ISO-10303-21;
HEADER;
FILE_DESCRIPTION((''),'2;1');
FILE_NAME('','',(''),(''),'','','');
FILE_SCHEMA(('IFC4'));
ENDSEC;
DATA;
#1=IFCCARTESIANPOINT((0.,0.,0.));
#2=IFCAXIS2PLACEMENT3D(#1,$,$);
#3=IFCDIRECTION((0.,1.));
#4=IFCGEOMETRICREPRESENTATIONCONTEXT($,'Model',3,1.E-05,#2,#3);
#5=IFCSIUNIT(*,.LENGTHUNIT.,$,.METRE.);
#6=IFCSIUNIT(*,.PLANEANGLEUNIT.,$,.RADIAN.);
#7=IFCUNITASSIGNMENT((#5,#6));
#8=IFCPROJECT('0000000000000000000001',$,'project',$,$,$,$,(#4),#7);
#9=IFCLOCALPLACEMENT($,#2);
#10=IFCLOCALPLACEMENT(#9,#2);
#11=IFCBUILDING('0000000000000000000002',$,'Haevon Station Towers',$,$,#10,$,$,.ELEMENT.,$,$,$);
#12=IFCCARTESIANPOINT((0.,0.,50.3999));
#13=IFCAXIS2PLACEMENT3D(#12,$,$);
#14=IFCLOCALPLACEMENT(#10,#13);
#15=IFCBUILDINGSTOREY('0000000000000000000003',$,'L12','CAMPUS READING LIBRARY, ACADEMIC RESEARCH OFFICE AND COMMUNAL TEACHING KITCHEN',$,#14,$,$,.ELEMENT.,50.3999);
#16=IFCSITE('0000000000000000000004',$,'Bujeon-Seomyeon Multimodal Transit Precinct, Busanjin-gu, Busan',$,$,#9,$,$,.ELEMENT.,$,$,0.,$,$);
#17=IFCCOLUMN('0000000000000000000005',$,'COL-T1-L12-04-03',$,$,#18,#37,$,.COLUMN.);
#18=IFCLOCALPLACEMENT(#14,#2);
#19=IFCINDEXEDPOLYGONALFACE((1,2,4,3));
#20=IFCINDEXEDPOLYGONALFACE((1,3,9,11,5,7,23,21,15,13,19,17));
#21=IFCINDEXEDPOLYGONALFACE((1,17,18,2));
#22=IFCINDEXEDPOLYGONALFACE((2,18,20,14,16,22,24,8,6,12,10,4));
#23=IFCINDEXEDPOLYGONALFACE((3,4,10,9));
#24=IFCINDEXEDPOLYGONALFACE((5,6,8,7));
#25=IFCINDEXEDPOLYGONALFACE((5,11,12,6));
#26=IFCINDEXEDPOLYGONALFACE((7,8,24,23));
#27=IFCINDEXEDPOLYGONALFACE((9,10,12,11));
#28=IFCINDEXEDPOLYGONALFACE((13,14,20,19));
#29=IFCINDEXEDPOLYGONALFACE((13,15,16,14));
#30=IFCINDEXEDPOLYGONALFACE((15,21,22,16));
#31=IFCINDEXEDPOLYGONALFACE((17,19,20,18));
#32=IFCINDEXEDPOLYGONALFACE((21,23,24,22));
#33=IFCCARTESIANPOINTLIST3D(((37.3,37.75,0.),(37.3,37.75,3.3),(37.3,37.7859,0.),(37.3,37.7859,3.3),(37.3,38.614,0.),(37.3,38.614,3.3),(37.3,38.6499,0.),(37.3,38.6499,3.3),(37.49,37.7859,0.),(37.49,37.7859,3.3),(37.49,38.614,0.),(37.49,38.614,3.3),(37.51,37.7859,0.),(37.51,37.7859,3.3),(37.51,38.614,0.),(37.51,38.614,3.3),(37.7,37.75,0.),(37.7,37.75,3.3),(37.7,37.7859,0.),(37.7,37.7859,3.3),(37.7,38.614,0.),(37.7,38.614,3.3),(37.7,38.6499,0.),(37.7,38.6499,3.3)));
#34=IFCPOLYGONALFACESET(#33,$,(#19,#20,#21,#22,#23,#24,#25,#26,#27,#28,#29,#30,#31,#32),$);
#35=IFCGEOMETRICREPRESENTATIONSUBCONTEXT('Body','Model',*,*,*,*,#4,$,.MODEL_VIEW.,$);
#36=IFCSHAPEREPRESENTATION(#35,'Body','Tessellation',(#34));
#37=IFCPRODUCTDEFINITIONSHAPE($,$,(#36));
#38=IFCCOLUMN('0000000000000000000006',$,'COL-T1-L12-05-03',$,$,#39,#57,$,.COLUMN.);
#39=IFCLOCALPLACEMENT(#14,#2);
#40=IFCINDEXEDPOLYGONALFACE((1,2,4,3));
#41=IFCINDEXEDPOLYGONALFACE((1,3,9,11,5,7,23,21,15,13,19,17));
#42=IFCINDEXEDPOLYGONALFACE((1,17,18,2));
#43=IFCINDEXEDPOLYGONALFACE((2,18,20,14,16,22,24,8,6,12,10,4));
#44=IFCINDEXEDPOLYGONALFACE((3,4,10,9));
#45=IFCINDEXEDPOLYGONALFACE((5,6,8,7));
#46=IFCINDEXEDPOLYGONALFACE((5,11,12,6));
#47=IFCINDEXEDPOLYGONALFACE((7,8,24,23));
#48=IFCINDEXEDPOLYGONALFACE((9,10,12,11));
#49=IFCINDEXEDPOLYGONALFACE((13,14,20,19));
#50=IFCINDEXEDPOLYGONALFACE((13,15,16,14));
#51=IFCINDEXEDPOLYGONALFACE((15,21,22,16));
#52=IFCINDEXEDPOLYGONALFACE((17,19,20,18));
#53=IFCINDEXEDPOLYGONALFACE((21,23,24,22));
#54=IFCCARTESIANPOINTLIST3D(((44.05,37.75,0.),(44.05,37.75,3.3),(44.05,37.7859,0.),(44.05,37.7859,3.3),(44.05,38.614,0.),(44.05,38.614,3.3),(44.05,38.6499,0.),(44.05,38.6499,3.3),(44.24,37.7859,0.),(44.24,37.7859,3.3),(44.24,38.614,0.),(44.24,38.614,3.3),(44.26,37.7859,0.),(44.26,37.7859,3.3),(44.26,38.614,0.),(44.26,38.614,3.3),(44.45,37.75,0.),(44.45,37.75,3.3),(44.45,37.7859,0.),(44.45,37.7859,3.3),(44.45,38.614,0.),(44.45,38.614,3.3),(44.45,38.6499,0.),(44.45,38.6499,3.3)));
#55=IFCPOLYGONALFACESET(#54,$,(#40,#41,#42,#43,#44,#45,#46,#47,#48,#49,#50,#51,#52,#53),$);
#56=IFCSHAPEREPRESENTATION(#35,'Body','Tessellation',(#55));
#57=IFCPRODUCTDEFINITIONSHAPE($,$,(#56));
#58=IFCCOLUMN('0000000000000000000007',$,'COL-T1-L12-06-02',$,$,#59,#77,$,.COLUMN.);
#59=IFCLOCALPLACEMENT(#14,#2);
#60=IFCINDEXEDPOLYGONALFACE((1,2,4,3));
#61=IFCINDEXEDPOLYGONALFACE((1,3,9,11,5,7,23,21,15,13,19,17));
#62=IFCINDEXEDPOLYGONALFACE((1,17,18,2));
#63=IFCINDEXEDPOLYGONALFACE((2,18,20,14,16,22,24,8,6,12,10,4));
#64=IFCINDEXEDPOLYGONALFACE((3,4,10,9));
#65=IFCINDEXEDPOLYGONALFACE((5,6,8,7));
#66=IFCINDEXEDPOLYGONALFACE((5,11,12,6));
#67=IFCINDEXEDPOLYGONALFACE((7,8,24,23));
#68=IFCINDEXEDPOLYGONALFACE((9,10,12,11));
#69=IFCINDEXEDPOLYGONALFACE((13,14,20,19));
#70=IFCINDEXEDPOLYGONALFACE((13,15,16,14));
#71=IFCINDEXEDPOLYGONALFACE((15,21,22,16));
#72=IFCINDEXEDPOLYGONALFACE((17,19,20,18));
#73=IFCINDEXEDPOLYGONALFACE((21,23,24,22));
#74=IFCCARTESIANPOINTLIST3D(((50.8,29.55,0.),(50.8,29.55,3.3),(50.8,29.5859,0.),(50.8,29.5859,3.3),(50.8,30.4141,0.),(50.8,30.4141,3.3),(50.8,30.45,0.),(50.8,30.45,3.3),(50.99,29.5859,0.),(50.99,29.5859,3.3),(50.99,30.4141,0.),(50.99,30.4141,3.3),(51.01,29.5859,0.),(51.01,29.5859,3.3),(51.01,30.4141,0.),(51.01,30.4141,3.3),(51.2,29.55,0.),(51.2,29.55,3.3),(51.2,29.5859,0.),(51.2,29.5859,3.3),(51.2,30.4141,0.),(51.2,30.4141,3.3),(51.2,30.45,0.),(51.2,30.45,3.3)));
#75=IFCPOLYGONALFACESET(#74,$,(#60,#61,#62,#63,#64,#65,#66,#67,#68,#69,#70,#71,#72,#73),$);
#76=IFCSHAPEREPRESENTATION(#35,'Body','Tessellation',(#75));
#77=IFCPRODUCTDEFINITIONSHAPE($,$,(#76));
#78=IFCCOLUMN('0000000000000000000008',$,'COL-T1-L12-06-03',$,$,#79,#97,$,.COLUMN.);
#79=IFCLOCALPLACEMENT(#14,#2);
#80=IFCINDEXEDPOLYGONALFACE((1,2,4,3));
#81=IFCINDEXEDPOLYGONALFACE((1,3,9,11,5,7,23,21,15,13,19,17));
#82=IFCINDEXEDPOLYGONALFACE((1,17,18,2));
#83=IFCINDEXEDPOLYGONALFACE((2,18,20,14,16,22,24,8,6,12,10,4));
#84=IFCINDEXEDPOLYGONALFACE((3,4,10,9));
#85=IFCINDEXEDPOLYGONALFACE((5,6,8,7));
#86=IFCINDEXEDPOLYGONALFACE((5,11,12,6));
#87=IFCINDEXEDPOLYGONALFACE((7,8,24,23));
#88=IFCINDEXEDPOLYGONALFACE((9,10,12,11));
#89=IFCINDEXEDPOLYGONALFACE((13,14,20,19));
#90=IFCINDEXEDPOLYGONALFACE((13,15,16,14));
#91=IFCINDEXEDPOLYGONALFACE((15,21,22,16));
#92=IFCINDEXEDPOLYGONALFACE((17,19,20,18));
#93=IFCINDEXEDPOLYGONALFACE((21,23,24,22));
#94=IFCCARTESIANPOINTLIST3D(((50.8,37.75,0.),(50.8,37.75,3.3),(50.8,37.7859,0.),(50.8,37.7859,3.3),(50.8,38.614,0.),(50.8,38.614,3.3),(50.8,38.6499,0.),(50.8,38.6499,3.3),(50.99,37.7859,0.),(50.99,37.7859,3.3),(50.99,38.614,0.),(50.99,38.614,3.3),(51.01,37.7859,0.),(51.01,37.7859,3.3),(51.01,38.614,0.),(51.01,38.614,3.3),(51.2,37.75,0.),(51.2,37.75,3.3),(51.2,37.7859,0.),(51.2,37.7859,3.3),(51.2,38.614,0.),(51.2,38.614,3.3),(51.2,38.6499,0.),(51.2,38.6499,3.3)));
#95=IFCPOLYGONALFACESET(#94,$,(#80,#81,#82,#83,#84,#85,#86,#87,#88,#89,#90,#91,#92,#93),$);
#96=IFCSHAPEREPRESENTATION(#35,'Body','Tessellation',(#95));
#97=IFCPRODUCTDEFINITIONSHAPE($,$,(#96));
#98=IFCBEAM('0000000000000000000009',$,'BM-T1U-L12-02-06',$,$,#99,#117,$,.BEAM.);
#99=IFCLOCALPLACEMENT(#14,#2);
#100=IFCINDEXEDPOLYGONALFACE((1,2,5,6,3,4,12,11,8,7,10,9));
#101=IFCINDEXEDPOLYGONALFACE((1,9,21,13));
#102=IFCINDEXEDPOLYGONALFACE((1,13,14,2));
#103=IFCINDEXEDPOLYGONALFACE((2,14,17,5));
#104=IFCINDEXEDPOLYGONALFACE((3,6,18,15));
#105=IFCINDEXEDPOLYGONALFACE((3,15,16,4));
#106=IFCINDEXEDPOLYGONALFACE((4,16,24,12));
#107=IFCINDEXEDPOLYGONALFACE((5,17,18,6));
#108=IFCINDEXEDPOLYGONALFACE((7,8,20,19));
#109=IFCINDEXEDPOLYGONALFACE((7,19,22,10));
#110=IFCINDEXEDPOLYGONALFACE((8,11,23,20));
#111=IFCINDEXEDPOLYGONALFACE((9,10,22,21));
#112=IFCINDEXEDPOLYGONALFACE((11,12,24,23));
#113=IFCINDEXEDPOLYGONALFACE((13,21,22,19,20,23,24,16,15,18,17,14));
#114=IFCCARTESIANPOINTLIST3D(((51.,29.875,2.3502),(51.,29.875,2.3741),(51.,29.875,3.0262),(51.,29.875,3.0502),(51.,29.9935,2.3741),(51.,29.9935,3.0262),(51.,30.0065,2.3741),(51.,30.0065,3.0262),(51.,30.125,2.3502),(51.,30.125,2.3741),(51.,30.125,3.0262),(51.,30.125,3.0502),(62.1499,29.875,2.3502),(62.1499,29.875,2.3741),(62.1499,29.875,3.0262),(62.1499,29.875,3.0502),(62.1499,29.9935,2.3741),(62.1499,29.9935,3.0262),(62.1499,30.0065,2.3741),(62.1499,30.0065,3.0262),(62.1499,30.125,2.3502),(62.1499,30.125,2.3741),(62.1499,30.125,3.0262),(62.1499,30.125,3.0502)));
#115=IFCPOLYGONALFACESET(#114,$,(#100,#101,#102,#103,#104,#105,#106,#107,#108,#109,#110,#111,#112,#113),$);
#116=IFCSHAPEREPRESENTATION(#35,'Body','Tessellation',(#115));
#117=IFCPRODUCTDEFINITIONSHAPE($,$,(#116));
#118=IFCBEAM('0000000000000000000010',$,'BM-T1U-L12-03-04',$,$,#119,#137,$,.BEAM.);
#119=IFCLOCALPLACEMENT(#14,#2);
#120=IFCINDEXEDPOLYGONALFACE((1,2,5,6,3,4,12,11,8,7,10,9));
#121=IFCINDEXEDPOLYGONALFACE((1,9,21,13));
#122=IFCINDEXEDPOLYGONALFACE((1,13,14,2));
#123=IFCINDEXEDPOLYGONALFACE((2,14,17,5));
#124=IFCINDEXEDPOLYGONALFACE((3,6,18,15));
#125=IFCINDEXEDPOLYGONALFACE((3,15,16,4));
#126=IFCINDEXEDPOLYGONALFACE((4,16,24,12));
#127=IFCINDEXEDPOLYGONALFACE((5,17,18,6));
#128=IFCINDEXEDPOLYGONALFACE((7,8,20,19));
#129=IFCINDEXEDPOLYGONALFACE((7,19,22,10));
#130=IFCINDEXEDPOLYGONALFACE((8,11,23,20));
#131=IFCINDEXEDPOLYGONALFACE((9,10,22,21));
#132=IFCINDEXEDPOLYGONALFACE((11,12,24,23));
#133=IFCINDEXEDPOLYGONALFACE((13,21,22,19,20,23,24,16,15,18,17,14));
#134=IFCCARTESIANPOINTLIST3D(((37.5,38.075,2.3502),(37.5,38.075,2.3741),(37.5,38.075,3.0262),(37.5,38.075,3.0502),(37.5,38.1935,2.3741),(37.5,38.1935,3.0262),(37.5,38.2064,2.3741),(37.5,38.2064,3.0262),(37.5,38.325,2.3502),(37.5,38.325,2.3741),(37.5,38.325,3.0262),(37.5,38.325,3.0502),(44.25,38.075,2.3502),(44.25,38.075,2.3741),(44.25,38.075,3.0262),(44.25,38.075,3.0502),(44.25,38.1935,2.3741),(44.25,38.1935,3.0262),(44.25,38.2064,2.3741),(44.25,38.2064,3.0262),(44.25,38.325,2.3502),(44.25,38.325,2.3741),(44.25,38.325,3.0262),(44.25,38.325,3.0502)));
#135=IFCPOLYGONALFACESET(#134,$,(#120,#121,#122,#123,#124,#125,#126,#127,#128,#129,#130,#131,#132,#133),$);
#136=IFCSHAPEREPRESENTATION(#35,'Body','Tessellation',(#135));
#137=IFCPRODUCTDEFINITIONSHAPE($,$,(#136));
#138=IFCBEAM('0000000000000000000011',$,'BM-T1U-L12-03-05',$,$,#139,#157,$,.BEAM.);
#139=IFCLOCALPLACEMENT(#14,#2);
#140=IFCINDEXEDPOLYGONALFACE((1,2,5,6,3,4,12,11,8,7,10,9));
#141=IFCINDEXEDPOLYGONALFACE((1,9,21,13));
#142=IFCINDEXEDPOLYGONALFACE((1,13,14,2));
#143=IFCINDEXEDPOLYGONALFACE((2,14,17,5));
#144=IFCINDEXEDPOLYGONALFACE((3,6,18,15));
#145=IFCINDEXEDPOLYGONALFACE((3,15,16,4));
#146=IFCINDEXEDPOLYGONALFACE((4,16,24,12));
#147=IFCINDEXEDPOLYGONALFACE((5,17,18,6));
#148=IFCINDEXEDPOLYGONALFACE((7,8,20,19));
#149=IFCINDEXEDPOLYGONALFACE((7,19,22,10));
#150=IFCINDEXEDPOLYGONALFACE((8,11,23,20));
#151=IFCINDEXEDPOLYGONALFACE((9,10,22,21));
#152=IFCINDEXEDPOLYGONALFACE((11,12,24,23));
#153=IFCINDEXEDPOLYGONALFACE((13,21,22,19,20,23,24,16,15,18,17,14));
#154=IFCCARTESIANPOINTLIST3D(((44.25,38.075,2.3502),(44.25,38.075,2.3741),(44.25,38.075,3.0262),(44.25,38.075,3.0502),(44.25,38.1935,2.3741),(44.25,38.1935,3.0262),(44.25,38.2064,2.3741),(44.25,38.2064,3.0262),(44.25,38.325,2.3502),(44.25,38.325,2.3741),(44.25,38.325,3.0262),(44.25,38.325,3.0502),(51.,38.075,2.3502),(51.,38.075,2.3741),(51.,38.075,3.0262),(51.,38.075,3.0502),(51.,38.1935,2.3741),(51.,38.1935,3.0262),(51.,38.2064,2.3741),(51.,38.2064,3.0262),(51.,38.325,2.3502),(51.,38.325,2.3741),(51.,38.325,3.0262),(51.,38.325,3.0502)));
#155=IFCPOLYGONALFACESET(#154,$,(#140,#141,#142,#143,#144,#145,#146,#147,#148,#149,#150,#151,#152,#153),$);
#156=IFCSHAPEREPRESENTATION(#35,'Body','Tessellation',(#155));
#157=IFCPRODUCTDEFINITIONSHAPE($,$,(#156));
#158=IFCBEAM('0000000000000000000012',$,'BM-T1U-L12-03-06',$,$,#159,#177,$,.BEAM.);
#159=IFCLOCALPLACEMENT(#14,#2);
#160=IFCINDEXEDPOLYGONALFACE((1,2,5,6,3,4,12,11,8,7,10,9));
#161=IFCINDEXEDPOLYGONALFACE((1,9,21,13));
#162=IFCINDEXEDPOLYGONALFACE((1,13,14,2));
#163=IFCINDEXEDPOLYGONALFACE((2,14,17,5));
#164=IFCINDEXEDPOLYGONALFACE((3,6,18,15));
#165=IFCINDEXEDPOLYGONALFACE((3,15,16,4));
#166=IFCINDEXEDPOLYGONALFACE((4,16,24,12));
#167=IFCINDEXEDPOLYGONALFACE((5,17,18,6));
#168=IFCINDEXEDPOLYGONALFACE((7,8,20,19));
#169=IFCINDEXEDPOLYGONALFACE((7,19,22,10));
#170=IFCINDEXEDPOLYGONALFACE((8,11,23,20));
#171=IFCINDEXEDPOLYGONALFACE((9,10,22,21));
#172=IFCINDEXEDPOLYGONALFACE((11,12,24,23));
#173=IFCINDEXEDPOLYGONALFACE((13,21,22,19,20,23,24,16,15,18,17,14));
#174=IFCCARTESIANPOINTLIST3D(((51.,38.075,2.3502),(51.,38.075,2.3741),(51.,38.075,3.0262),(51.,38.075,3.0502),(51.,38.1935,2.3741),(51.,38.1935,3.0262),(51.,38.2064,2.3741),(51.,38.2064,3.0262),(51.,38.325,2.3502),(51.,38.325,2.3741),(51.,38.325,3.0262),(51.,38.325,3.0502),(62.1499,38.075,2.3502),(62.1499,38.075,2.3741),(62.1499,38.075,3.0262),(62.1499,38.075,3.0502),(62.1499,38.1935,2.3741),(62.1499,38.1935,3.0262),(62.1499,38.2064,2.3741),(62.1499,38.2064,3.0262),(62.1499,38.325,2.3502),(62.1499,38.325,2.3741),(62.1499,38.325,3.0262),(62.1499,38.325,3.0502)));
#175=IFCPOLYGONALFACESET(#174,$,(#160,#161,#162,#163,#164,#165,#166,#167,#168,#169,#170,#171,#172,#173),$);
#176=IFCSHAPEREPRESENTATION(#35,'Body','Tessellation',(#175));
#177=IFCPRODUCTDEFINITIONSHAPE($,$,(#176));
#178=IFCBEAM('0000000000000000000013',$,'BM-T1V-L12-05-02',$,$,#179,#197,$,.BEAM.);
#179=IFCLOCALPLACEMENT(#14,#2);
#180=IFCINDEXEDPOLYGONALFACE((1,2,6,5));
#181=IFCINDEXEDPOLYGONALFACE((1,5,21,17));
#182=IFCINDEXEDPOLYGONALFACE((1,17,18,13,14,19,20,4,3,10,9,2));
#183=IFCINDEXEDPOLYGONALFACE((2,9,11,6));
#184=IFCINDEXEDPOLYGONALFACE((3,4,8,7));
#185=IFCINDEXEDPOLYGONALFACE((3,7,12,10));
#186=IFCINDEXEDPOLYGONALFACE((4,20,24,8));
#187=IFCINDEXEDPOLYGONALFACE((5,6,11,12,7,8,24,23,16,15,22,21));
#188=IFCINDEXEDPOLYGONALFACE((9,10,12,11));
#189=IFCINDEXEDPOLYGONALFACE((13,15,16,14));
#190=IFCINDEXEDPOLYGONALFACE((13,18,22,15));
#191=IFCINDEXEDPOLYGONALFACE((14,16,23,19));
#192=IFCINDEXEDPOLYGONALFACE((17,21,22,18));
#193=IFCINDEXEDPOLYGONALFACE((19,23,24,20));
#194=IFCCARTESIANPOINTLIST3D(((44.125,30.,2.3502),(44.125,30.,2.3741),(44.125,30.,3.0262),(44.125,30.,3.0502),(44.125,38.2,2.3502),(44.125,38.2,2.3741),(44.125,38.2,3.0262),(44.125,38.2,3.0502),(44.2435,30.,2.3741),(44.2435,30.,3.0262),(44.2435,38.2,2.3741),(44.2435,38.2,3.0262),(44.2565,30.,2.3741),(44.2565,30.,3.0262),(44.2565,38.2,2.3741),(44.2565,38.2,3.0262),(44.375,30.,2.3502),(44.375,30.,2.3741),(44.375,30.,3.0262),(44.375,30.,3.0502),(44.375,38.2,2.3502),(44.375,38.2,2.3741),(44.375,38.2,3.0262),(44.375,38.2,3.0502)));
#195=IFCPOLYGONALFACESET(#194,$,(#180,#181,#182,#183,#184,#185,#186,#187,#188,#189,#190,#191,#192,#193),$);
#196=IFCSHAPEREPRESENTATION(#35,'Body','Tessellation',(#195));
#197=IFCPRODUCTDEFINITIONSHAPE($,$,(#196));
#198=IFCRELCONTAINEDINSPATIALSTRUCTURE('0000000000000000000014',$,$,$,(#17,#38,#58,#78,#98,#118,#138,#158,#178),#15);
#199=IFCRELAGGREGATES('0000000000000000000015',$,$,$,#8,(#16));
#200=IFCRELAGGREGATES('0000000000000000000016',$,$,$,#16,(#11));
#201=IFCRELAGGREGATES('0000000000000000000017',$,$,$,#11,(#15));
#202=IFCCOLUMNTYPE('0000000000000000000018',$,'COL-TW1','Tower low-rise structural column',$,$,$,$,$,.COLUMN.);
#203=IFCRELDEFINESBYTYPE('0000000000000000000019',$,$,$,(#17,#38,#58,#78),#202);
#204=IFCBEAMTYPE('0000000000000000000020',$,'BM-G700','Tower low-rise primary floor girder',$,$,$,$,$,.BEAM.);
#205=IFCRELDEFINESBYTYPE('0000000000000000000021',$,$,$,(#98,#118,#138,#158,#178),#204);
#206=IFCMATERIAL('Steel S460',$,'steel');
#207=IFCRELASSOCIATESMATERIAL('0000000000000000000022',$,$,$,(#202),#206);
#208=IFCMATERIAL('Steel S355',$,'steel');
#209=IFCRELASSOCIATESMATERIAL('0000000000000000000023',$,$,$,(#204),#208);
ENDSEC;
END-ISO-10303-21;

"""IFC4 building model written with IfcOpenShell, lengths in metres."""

from ifc_helpers import new_model, si_unit, direction, frame, origin, origin_2d, place, context, subcontext, project, spatial, i_section, extrude, material, material_profile, profile_set, type_object, element, save


model = new_model("IFC4")

# Units and contexts
model_context = context("Model", 3, precision=1e-05, world=origin(), true_north=direction((0.0, 1.0)))
body_context = subcontext(model_context, "Body", "Model", "MODEL_VIEW")
ifc_project = project(units=[si_unit("LENGTHUNIT", "METRE"), si_unit("PLANEANGLEUNIT", "RADIAN")], contexts=[model_context])

# Site, building, storey
site_placement = place(None, origin())
site = spatial("IfcSite", under=ifc_project, at=site_placement, Name="Bujeon-Seomyeon Multimodal Transit Precinct, Busanjin-gu, Busan", CompositionType="ELEMENT", RefElevation=0.0)
building_placement = place(site_placement, origin())
building = spatial("IfcBuilding", under=site, at=building_placement, Name="Haevon Station Towers", CompositionType="ELEMENT")
storey_placement = place(building_placement, frame((0.0, 0.0, 50.3999)))
storey = spatial("IfcBuildingStorey", under=building, at=storey_placement, Name="L12", Description="CAMPUS READING LIBRARY, ACADEMIC RESEARCH OFFICE AND COMMUNAL TEACHING KITCHEN", CompositionType="ELEMENT", Elevation=50.3999)

# Columns
ifc_material_1 = material(Name="Steel S460", Category="steel")
ifc_material_profile_1 = material_profile(ifc_material_1, i_section(OverallWidth=0.3999, OverallDepth=0.8999, WebThickness=0.02, FlangeThickness=0.0359, at=origin_2d()), Name="H-900x400x20x36")
ifc_profile_set_1 = profile_set([ifc_material_profile_1], Name="Steel S460")
column_type = type_object("IfcColumnType", Name="COL-TW1", Description="Tower low-rise structural column", PredefinedType="COLUMN", material=ifc_profile_set_1)
for number, where, z_axis, x_axis, name in (
    (1, (37.5, 38.2, 0.0), (0.0, 0.0, 1.0), (1.0, 0.0, 0.0), "COL-T1-L12-04-03"),
    (2, (44.25, 38.2, 0.0), (0.0, 0.0, 1.0), (1.0, 0.0, 0.0), "COL-T1-L12-05-03"),
    (3, (51.0, 30.0, 0.0), (0.0, 0.0, 1.0), (1.0, 0.0, 0.0), "COL-T1-L12-06-02"),
    (4, (51.0, 38.2, 0.0), (0.0, 0.0, 1.0), (1.0, 0.0, 0.0), "COL-T1-L12-06-03"),
):
    element("IfcColumn", number, at=place(storey_placement, frame(where, z_axis=z_axis, x_axis=x_axis)), inside=storey, type_object=column_type, Name=name, PredefinedType="COLUMN", context=body_context, shape_type="SweptSolid", body=[
        extrude(i_section(OverallWidth=0.3999, OverallDepth=0.8999, WebThickness=0.02, FlangeThickness=0.0359, at=origin_2d()), origin(), (0.0, 0.0, 1.0), 3.3),
    ])

# Beams
ifc_material_2 = material(Name="Steel S355", Category="steel")
ifc_material_profile_2 = material_profile(ifc_material_2, i_section(OverallWidth=0.25, OverallDepth=0.7, WebThickness=0.0129, FlangeThickness=0.0239, at=origin_2d()), Name="H-700x250x13x24")
ifc_profile_set_2 = profile_set([ifc_material_profile_2], Name="Steel S355")
beam_type_1 = type_object("IfcBeamType", Name="BM-G700", Description="Tower low-rise primary floor girder", PredefinedType="BEAM", material=ifc_profile_set_2)
beam_1_placement = place(storey_placement, frame((51.0, 30.0, 2.7002), z_axis=(1.0, 0.0, 0.0), x_axis=(0.0, 1.0, 0.0)))
element("IfcBeam", 5, at=beam_1_placement, inside=storey, type_object=beam_type_1, Name="BM-T1U-L12-02-06", PredefinedType="BEAM", context=body_context, shape_type="SweptSolid", body=[
    extrude(i_section(OverallWidth=0.25, OverallDepth=0.7, WebThickness=0.0129, FlangeThickness=0.0239, at=origin_2d()), origin(), (0.0, 0.0, 1.0), 11.1499),
])
for number, where, z_axis, x_axis, name in (
    (6, (37.5, 38.2, 2.7002), (1.0, 0.0, 0.0), (0.0, 1.0, 0.0), "BM-T1U-L12-03-04"),
    (7, (44.25, 38.2, 2.7002), (1.0, 0.0, 0.0), (0.0, 1.0, 0.0), "BM-T1U-L12-03-05"),
):
    element("IfcBeam", number, at=place(storey_placement, frame(where, z_axis=z_axis, x_axis=x_axis)), inside=storey, type_object=beam_type_1, Name=name, PredefinedType="BEAM", context=body_context, shape_type="SweptSolid", body=[
        extrude(i_section(OverallWidth=0.25, OverallDepth=0.7, WebThickness=0.0129, FlangeThickness=0.0239, at=origin_2d()), origin(), (0.0, 0.0, 1.0), 6.75),
    ])
beam_2_placement = place(storey_placement, frame((51.0, 38.2, 2.7002), z_axis=(1.0, 0.0, 0.0), x_axis=(0.0, 1.0, 0.0)))
element("IfcBeam", 8, at=beam_2_placement, inside=storey, type_object=beam_type_1, Name="BM-T1U-L12-03-06", PredefinedType="BEAM", context=body_context, shape_type="SweptSolid", body=[
    extrude(i_section(OverallWidth=0.25, OverallDepth=0.7, WebThickness=0.0129, FlangeThickness=0.0239, at=origin_2d()), origin(), (0.0, 0.0, 1.0), 11.1499),
])
for number, where, z_axis, x_axis, name in (
    (9, (44.25, 30.0, 2.7002), (0.0, 1.0, 0.0), (-1.0, 0.0, 0.0), "BM-T1V-L12-05-02"),
):
    element("IfcBeam", number, at=place(storey_placement, frame(where, z_axis=z_axis, x_axis=x_axis)), inside=storey, type_object=beam_type_1, Name=name, PredefinedType="BEAM", context=body_context, shape_type="SweptSolid", body=[
        extrude(i_section(OverallWidth=0.25, OverallDepth=0.7, WebThickness=0.0129, FlangeThickness=0.0239, at=origin_2d()), origin(), (0.0, 0.0, 1.0), 8.2),
    ])

save(model, "model.ifc")
